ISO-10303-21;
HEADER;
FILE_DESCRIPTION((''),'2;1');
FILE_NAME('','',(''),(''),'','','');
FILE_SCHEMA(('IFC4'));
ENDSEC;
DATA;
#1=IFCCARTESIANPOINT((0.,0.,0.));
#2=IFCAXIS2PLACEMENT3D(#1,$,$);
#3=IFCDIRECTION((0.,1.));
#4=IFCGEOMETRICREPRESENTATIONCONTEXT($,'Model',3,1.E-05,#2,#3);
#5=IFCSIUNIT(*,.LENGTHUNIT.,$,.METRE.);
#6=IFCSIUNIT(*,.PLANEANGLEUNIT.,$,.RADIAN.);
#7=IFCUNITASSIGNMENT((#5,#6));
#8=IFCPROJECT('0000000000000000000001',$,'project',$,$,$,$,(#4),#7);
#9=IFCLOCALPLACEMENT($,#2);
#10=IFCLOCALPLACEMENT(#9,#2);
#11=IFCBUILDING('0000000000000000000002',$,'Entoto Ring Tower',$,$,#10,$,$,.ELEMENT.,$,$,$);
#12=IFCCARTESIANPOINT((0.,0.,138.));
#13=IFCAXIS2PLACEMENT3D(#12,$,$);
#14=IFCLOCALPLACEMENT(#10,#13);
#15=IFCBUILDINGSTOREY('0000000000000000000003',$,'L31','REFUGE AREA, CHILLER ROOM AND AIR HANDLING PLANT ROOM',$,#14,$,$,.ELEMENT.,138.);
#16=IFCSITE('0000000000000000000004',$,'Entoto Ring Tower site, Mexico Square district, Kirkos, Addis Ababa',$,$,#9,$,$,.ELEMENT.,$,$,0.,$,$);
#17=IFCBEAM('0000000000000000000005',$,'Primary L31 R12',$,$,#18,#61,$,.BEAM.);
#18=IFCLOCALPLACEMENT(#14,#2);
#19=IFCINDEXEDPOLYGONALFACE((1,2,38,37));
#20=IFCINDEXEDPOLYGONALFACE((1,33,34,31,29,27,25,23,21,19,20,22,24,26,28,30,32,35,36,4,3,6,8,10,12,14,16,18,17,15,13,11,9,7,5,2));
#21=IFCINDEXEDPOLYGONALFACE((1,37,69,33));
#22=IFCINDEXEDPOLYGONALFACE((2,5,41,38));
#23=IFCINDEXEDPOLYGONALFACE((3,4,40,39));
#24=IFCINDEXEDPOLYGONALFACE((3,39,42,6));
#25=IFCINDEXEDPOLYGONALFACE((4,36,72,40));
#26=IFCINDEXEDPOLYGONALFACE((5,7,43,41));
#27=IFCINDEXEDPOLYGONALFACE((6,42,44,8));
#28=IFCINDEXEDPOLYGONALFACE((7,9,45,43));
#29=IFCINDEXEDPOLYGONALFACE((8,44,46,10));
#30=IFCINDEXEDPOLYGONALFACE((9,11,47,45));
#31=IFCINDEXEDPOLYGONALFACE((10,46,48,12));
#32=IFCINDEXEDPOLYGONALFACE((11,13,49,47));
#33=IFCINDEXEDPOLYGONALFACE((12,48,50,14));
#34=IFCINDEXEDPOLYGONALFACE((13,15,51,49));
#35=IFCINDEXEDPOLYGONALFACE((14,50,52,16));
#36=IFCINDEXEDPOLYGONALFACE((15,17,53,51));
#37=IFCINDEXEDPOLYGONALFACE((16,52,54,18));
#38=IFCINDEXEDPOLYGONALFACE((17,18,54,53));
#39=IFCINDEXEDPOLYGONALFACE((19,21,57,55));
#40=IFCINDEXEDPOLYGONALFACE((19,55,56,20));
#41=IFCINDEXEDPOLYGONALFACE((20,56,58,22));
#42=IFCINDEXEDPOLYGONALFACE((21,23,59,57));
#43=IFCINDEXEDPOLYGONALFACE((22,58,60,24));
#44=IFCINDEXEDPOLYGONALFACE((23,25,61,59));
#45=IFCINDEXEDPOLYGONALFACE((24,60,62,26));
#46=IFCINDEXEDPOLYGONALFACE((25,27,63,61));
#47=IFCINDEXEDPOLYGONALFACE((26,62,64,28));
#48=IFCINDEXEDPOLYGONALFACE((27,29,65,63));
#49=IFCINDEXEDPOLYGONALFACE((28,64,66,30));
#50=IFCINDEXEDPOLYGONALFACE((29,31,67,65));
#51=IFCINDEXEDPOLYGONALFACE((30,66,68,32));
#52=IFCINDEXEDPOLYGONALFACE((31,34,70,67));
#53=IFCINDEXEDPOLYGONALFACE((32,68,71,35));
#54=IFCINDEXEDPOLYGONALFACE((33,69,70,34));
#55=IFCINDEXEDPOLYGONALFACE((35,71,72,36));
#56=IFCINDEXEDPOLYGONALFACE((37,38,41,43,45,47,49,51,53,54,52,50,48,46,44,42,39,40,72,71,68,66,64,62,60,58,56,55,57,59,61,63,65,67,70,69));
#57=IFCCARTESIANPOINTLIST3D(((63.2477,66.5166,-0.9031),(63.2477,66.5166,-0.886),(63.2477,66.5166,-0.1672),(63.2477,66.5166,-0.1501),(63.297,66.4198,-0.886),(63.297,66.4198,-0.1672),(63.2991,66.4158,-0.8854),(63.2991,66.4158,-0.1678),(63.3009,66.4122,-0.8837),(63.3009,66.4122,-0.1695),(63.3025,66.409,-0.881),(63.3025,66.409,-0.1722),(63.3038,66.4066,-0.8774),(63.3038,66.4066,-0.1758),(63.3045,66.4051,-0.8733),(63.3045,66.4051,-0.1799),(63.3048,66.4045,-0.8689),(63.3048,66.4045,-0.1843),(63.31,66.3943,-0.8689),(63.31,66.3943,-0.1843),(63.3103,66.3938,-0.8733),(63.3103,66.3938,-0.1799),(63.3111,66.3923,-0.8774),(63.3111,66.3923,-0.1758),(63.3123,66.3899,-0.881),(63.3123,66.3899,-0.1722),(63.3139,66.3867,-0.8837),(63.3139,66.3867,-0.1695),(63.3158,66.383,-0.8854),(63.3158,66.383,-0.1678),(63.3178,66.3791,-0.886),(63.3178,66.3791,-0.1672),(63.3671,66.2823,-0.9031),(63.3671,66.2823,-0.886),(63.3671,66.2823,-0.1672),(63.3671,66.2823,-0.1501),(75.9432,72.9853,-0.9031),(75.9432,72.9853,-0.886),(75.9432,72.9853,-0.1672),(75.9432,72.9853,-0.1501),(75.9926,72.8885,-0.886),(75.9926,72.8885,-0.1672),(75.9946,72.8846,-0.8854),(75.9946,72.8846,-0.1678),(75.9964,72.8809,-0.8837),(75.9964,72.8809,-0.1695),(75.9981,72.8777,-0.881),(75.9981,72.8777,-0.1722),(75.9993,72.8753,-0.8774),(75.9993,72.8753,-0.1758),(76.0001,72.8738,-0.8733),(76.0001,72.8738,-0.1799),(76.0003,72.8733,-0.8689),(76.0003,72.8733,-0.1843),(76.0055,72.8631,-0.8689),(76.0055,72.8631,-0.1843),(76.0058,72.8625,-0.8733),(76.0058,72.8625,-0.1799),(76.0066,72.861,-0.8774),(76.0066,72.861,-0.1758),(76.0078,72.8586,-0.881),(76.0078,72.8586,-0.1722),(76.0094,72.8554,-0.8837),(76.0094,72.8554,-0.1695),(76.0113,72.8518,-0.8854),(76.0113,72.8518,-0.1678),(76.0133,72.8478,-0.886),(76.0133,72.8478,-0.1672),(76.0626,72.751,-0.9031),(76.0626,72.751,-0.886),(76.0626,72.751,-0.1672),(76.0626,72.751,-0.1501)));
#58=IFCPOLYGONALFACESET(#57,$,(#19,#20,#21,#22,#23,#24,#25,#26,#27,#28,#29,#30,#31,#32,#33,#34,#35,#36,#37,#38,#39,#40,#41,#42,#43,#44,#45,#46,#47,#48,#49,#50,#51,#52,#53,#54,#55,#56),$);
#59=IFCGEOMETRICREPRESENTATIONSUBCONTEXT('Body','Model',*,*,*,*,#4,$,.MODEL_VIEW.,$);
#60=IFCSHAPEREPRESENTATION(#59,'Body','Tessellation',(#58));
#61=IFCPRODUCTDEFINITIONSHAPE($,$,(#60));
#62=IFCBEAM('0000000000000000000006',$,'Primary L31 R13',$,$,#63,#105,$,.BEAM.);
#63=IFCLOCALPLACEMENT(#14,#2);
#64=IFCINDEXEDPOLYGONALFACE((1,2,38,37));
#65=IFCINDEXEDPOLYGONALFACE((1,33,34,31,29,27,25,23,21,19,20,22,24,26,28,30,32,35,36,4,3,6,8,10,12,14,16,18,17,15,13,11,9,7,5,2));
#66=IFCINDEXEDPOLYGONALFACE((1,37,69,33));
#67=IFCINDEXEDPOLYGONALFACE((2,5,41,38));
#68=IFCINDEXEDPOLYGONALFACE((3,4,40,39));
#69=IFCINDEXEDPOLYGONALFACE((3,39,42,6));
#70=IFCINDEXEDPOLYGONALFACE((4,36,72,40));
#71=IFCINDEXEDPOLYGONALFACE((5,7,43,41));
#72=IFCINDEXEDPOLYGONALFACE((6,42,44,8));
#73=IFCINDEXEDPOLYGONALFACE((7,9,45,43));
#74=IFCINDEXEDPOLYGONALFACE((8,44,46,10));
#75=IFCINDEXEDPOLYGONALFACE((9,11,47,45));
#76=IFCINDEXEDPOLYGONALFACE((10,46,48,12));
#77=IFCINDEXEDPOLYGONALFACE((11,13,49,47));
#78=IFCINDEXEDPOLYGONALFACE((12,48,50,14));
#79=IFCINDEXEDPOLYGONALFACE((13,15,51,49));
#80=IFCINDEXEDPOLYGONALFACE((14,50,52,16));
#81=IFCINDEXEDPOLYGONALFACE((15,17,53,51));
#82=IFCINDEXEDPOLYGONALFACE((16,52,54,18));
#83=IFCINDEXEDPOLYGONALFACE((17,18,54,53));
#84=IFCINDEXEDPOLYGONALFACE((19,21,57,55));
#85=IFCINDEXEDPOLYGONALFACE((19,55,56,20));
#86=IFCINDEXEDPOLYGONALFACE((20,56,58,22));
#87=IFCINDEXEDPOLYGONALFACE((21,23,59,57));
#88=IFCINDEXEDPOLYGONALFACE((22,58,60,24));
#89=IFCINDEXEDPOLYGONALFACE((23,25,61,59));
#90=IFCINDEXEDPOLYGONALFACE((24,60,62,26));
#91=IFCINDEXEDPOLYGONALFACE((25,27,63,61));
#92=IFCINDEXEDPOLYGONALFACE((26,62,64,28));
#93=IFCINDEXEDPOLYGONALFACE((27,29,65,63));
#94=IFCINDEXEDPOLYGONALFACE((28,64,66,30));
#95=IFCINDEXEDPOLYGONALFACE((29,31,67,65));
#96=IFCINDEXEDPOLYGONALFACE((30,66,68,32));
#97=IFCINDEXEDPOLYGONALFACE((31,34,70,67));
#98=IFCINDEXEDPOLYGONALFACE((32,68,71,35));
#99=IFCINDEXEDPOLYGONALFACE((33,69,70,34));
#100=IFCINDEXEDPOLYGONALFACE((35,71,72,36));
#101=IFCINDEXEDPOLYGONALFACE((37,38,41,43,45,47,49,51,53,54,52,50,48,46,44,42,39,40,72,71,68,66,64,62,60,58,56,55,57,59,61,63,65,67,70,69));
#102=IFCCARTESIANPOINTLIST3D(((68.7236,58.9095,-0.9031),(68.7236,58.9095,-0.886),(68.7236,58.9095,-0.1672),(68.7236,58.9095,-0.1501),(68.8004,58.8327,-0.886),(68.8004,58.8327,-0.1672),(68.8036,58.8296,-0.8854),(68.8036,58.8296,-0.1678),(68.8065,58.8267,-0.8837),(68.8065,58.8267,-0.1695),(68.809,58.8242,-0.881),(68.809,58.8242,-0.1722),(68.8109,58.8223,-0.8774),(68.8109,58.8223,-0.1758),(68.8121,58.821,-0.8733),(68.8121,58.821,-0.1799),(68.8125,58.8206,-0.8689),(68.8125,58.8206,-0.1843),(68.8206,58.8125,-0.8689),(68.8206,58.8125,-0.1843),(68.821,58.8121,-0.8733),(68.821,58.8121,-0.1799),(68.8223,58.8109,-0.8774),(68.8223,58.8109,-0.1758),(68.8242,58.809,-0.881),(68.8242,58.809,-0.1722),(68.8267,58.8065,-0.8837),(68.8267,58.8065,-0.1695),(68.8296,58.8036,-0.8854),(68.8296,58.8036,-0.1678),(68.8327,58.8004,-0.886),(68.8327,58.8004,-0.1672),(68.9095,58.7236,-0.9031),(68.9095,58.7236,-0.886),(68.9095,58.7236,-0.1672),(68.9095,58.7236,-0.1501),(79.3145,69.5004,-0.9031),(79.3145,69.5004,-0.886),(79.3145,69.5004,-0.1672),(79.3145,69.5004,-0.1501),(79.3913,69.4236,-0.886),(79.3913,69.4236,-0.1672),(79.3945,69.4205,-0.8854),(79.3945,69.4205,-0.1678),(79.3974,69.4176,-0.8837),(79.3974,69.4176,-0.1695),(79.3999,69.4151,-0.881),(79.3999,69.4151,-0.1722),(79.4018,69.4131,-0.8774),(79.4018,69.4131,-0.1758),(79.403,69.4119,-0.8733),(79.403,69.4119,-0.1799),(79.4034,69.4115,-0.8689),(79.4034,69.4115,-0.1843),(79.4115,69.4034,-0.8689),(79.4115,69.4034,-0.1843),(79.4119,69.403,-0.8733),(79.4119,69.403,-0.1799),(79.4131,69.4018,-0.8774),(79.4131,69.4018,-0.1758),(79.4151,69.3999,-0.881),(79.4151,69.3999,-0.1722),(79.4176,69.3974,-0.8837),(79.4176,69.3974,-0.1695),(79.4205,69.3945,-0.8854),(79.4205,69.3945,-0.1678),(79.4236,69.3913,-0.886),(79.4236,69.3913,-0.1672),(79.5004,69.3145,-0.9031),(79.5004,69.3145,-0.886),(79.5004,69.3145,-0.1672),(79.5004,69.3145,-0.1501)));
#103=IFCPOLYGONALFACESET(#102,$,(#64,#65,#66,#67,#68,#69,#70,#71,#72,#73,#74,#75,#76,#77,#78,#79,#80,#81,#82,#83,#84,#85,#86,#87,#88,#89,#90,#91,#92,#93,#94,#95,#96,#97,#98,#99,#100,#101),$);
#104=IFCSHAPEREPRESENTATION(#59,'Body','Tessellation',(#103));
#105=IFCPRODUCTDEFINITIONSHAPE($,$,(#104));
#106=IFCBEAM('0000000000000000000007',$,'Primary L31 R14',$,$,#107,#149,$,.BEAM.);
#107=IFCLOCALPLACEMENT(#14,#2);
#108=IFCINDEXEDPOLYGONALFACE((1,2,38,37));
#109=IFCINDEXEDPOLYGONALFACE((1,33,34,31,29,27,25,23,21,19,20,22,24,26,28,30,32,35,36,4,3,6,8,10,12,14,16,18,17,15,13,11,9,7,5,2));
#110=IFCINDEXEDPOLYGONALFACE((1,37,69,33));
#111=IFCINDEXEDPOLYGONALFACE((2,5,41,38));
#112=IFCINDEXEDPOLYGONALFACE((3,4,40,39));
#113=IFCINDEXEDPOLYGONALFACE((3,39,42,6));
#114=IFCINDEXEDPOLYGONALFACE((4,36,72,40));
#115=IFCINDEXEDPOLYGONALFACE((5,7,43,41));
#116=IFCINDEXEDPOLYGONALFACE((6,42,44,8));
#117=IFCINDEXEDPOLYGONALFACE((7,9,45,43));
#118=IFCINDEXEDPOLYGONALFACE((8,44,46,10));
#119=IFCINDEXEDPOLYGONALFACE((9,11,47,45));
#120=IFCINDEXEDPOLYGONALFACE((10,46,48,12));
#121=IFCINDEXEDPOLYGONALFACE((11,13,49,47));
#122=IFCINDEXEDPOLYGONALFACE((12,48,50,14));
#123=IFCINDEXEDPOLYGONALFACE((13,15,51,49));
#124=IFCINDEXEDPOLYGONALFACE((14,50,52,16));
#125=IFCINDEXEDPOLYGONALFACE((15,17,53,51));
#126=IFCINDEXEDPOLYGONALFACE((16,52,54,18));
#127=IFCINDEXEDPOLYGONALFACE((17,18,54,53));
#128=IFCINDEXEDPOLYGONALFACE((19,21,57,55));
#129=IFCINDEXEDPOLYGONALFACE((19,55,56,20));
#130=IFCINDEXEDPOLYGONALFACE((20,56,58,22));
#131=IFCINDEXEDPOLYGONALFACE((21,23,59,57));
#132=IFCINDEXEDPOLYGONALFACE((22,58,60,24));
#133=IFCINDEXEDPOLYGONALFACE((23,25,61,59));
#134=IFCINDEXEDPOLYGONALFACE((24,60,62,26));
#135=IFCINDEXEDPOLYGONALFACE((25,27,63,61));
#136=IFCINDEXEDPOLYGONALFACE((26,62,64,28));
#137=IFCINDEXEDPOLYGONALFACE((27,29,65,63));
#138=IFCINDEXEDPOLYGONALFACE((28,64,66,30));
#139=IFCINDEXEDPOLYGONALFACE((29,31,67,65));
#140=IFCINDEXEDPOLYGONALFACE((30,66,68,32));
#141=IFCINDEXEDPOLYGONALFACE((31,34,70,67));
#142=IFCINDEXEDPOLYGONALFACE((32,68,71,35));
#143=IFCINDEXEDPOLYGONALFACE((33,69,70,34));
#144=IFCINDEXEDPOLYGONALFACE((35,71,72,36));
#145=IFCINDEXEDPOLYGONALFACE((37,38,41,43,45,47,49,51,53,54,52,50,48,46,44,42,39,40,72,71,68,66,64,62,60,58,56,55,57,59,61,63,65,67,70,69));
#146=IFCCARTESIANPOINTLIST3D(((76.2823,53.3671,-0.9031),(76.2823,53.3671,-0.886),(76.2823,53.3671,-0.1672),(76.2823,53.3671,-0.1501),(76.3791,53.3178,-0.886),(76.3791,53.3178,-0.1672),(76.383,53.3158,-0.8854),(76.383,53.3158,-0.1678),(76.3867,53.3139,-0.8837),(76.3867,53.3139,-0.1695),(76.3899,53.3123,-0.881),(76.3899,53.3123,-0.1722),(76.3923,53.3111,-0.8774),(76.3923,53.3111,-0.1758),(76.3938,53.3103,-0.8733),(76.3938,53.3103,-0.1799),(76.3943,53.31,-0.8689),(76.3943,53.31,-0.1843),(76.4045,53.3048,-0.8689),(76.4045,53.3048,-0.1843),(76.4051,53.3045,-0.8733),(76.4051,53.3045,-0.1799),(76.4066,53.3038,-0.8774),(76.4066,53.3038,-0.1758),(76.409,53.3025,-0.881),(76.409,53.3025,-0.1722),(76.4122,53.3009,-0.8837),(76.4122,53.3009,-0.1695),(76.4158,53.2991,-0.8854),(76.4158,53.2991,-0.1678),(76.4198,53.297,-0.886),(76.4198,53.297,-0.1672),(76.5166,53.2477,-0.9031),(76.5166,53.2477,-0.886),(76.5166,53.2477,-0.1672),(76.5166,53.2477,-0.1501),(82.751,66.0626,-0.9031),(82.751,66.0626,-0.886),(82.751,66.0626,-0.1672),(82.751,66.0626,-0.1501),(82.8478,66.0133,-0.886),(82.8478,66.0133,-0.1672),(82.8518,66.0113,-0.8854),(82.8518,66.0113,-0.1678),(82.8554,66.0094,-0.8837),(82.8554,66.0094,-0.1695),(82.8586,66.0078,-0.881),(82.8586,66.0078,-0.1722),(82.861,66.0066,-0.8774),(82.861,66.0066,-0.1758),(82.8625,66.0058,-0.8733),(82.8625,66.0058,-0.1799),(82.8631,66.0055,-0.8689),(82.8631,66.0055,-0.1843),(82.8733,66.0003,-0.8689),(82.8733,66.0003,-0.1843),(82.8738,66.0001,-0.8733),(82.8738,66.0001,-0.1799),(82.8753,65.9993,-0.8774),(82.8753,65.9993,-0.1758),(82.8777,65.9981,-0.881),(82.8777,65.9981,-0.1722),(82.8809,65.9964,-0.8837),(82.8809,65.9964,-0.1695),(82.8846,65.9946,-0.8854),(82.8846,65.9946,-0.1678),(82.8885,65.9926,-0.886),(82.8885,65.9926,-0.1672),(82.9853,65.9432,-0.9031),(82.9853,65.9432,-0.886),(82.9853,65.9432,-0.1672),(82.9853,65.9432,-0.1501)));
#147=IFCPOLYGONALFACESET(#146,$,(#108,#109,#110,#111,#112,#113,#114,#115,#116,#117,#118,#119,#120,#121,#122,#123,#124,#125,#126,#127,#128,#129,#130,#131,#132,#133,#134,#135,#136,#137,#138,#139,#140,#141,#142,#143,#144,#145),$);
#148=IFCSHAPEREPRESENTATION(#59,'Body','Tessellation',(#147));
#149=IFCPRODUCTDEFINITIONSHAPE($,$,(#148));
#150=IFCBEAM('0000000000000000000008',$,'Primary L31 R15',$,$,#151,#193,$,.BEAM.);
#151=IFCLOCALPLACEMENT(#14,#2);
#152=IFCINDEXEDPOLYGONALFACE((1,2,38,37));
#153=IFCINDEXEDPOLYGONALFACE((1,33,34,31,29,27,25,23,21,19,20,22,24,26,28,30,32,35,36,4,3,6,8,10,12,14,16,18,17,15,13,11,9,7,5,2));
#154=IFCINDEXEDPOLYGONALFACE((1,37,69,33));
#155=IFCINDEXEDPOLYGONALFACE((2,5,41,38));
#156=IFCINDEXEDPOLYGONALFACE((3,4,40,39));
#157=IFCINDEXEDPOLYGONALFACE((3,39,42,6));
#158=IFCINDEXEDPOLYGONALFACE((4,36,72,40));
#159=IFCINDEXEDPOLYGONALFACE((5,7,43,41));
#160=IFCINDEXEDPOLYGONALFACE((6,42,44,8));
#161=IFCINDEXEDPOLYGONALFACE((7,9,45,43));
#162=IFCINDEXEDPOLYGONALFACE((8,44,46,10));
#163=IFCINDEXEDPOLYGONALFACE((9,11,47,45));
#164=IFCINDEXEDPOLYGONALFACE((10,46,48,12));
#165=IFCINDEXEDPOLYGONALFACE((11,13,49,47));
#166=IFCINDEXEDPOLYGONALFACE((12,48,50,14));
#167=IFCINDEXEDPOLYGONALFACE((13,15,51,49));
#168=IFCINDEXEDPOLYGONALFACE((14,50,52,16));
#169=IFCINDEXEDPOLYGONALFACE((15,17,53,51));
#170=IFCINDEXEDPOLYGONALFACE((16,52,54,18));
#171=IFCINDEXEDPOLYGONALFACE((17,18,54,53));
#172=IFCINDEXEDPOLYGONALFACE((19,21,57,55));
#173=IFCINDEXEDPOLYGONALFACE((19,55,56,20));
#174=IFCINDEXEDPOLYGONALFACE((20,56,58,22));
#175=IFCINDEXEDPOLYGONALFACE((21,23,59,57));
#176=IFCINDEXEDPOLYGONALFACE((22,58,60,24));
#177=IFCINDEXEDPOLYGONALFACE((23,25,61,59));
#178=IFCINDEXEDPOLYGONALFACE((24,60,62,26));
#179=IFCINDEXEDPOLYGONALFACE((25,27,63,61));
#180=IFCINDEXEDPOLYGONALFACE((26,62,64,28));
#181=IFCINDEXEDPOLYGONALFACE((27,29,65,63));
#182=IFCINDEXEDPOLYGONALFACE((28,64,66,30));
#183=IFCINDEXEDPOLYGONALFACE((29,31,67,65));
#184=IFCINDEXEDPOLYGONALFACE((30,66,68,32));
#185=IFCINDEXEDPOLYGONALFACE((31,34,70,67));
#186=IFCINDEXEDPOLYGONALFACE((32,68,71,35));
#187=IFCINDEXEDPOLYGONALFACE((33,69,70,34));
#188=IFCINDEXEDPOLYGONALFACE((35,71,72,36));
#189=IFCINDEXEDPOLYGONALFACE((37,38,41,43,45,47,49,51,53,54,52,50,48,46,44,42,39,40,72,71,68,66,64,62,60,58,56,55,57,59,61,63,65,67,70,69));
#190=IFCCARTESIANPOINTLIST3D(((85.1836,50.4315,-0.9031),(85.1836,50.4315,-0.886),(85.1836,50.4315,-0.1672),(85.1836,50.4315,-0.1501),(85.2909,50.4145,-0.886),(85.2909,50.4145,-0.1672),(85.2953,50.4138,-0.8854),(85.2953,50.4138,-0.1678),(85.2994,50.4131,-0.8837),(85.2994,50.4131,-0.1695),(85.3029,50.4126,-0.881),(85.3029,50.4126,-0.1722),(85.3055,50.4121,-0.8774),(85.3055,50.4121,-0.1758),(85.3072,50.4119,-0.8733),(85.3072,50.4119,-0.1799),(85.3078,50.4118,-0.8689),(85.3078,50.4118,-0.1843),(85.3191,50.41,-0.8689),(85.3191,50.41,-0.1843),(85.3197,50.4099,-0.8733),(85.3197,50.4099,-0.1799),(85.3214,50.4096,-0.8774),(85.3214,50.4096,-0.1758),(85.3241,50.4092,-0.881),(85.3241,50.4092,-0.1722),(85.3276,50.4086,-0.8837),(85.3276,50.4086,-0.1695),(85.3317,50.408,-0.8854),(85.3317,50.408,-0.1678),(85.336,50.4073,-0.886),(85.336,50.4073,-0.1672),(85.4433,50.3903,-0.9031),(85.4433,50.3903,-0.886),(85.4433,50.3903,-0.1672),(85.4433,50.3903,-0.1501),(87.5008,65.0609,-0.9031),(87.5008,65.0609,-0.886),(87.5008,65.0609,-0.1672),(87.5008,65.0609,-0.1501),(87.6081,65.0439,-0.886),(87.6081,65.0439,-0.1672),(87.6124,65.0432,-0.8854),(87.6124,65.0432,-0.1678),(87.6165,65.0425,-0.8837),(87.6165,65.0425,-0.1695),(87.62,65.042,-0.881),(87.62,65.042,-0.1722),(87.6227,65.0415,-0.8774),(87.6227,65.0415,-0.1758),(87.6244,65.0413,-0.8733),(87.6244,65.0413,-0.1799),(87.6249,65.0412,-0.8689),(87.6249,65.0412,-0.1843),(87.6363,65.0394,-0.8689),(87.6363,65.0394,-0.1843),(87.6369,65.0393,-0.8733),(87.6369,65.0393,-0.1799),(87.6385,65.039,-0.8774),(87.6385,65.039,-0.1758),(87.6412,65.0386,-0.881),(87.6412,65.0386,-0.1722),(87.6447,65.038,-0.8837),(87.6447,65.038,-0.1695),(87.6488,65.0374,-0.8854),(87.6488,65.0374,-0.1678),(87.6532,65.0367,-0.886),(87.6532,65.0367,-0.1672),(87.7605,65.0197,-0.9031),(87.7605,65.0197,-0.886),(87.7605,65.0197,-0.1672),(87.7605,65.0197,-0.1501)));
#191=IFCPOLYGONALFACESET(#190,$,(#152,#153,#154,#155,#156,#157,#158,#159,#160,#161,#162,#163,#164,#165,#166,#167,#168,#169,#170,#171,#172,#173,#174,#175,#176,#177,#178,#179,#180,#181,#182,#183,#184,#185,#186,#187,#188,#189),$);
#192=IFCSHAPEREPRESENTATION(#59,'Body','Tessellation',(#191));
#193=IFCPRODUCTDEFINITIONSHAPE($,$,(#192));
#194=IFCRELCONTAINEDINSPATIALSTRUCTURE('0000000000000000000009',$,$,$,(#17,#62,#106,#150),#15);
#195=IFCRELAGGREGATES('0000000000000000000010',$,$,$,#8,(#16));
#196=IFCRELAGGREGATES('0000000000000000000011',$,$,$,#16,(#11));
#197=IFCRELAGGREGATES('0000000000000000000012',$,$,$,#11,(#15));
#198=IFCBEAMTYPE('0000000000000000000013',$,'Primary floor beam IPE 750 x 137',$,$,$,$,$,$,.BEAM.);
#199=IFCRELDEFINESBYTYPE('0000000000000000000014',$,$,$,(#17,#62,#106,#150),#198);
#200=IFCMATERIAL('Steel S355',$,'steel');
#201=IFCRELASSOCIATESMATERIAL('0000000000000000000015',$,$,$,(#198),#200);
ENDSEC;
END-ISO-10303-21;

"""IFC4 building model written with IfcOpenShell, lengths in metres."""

from ifc_helpers import new_model, si_unit, direction, frame, origin, origin_2d, place, context, subcontext, project, spatial, i_section, extrude, material, material_profile, profile_set, type_object, element, save


model = new_model("IFC4")

# Units and contexts
model_context = context("Model", 3, precision=1e-05, world=origin(), true_north=direction((0.0, 1.0)))
body_context = subcontext(model_context, "Body", "Model", "MODEL_VIEW")
ifc_project = project(units=[si_unit("LENGTHUNIT", "METRE"), si_unit("PLANEANGLEUNIT", "RADIAN")], contexts=[model_context])

# Site, building, storey
site_placement = place(None, origin())
site = spatial("IfcSite", under=ifc_project, at=site_placement, Name="Entoto Ring Tower site, Mexico Square district, Kirkos, Addis Ababa", CompositionType="ELEMENT", RefElevation=0.0)
building_placement = place(site_placement, origin())
building = spatial("IfcBuilding", under=site, at=building_placement, Name="Entoto Ring Tower", CompositionType="ELEMENT")
storey_placement = place(building_placement, frame((0.0, 0.0, 138.0)))
storey = spatial("IfcBuildingStorey", under=building, at=storey_placement, Name="L31", Description="REFUGE AREA, CHILLER ROOM AND AIR HANDLING PLANT ROOM", CompositionType="ELEMENT", Elevation=138.0)

# Beams
ifc_material_1 = material(Name="Steel S355", Category="steel")
ifc_material_profile_1 = material_profile(ifc_material_1, i_section(OverallWidth=0.2629, OverallDepth=0.7529, WebThickness=0.0115, FlangeThickness=0.0171, FilletRadius=0.0171, at=origin_2d()), Name="IPE 750 x 137")
ifc_profile_set_1 = profile_set([ifc_material_profile_1], Name="Steel S355")
beam_type_1 = type_object("IfcBeamType", Name="Primary floor beam IPE 750 x 137", PredefinedType="BEAM", material=ifc_profile_set_1)
beam_1_placement = place(storey_placement, frame((76.0029, 72.8682, -0.5266), z_axis=(-0.891005, -0.453993, 0.0), x_axis=(0.453993, -0.891005, 0.0)))
element("IfcBeam", 1, at=beam_1_placement, inside=storey, type_object=beam_type_1, Name="Primary L31 R12", PredefinedType="BEAM", context=body_context, shape_type="SweptSolid", body=[
    extrude(i_section(OverallWidth=0.2629, OverallDepth=0.7529, WebThickness=0.0115, FlangeThickness=0.0171, FilletRadius=0.0171, at=origin_2d()), origin(), (0.0, 0.0, 1.0), 14.2485),
])
beam_2_placement = place(storey_placement, frame((79.4075, 69.4075, -0.5266), z_axis=(-0.707107, -0.707107, 0.0), x_axis=(0.707107, -0.707107, 0.0)))
element("IfcBeam", 2, at=beam_2_placement, inside=storey, type_object=beam_type_1, Name="Primary L31 R13", PredefinedType="BEAM", context=body_context, shape_type="SweptSolid", body=[
    extrude(i_section(OverallWidth=0.2629, OverallDepth=0.7529, WebThickness=0.0115, FlangeThickness=0.0171, FilletRadius=0.0171, at=origin_2d()), origin(), (0.0, 0.0, 1.0), 14.9778),
])
beam_3_placement = place(storey_placement, frame((82.8682, 66.0029, -0.5266), z_axis=(-0.453993, -0.891005, 0.0), x_axis=(0.891005, -0.453993, 0.0)))
element("IfcBeam", 3, at=beam_3_placement, inside=storey, type_object=beam_type_1, Name="Primary L31 R14", PredefinedType="BEAM", context=body_context, shape_type="SweptSolid", body=[
    extrude(i_section(OverallWidth=0.2629, OverallDepth=0.7529, WebThickness=0.0115, FlangeThickness=0.0171, FilletRadius=0.0171, at=origin_2d()), origin(), (0.0, 0.0, 1.0), 14.2485),
])
beam_4_placement = place(storey_placement, frame((87.6306, 65.0403, -0.5266), z_axis=(-0.156439, -0.987688, 0.0), x_axis=(0.987688, -0.156439, 0.0)))
element("IfcBeam", 4, at=beam_4_placement, inside=storey, type_object=beam_type_1, Name="Primary L31 R15", PredefinedType="BEAM", context=body_context, shape_type="SweptSolid", body=[
    extrude(i_section(OverallWidth=0.2629, OverallDepth=0.7529, WebThickness=0.0115, FlangeThickness=0.0171, FilletRadius=0.0171, at=origin_2d()), origin(), (0.0, 0.0, 1.0), 14.8118),
])

save(model, "model.ifc")
